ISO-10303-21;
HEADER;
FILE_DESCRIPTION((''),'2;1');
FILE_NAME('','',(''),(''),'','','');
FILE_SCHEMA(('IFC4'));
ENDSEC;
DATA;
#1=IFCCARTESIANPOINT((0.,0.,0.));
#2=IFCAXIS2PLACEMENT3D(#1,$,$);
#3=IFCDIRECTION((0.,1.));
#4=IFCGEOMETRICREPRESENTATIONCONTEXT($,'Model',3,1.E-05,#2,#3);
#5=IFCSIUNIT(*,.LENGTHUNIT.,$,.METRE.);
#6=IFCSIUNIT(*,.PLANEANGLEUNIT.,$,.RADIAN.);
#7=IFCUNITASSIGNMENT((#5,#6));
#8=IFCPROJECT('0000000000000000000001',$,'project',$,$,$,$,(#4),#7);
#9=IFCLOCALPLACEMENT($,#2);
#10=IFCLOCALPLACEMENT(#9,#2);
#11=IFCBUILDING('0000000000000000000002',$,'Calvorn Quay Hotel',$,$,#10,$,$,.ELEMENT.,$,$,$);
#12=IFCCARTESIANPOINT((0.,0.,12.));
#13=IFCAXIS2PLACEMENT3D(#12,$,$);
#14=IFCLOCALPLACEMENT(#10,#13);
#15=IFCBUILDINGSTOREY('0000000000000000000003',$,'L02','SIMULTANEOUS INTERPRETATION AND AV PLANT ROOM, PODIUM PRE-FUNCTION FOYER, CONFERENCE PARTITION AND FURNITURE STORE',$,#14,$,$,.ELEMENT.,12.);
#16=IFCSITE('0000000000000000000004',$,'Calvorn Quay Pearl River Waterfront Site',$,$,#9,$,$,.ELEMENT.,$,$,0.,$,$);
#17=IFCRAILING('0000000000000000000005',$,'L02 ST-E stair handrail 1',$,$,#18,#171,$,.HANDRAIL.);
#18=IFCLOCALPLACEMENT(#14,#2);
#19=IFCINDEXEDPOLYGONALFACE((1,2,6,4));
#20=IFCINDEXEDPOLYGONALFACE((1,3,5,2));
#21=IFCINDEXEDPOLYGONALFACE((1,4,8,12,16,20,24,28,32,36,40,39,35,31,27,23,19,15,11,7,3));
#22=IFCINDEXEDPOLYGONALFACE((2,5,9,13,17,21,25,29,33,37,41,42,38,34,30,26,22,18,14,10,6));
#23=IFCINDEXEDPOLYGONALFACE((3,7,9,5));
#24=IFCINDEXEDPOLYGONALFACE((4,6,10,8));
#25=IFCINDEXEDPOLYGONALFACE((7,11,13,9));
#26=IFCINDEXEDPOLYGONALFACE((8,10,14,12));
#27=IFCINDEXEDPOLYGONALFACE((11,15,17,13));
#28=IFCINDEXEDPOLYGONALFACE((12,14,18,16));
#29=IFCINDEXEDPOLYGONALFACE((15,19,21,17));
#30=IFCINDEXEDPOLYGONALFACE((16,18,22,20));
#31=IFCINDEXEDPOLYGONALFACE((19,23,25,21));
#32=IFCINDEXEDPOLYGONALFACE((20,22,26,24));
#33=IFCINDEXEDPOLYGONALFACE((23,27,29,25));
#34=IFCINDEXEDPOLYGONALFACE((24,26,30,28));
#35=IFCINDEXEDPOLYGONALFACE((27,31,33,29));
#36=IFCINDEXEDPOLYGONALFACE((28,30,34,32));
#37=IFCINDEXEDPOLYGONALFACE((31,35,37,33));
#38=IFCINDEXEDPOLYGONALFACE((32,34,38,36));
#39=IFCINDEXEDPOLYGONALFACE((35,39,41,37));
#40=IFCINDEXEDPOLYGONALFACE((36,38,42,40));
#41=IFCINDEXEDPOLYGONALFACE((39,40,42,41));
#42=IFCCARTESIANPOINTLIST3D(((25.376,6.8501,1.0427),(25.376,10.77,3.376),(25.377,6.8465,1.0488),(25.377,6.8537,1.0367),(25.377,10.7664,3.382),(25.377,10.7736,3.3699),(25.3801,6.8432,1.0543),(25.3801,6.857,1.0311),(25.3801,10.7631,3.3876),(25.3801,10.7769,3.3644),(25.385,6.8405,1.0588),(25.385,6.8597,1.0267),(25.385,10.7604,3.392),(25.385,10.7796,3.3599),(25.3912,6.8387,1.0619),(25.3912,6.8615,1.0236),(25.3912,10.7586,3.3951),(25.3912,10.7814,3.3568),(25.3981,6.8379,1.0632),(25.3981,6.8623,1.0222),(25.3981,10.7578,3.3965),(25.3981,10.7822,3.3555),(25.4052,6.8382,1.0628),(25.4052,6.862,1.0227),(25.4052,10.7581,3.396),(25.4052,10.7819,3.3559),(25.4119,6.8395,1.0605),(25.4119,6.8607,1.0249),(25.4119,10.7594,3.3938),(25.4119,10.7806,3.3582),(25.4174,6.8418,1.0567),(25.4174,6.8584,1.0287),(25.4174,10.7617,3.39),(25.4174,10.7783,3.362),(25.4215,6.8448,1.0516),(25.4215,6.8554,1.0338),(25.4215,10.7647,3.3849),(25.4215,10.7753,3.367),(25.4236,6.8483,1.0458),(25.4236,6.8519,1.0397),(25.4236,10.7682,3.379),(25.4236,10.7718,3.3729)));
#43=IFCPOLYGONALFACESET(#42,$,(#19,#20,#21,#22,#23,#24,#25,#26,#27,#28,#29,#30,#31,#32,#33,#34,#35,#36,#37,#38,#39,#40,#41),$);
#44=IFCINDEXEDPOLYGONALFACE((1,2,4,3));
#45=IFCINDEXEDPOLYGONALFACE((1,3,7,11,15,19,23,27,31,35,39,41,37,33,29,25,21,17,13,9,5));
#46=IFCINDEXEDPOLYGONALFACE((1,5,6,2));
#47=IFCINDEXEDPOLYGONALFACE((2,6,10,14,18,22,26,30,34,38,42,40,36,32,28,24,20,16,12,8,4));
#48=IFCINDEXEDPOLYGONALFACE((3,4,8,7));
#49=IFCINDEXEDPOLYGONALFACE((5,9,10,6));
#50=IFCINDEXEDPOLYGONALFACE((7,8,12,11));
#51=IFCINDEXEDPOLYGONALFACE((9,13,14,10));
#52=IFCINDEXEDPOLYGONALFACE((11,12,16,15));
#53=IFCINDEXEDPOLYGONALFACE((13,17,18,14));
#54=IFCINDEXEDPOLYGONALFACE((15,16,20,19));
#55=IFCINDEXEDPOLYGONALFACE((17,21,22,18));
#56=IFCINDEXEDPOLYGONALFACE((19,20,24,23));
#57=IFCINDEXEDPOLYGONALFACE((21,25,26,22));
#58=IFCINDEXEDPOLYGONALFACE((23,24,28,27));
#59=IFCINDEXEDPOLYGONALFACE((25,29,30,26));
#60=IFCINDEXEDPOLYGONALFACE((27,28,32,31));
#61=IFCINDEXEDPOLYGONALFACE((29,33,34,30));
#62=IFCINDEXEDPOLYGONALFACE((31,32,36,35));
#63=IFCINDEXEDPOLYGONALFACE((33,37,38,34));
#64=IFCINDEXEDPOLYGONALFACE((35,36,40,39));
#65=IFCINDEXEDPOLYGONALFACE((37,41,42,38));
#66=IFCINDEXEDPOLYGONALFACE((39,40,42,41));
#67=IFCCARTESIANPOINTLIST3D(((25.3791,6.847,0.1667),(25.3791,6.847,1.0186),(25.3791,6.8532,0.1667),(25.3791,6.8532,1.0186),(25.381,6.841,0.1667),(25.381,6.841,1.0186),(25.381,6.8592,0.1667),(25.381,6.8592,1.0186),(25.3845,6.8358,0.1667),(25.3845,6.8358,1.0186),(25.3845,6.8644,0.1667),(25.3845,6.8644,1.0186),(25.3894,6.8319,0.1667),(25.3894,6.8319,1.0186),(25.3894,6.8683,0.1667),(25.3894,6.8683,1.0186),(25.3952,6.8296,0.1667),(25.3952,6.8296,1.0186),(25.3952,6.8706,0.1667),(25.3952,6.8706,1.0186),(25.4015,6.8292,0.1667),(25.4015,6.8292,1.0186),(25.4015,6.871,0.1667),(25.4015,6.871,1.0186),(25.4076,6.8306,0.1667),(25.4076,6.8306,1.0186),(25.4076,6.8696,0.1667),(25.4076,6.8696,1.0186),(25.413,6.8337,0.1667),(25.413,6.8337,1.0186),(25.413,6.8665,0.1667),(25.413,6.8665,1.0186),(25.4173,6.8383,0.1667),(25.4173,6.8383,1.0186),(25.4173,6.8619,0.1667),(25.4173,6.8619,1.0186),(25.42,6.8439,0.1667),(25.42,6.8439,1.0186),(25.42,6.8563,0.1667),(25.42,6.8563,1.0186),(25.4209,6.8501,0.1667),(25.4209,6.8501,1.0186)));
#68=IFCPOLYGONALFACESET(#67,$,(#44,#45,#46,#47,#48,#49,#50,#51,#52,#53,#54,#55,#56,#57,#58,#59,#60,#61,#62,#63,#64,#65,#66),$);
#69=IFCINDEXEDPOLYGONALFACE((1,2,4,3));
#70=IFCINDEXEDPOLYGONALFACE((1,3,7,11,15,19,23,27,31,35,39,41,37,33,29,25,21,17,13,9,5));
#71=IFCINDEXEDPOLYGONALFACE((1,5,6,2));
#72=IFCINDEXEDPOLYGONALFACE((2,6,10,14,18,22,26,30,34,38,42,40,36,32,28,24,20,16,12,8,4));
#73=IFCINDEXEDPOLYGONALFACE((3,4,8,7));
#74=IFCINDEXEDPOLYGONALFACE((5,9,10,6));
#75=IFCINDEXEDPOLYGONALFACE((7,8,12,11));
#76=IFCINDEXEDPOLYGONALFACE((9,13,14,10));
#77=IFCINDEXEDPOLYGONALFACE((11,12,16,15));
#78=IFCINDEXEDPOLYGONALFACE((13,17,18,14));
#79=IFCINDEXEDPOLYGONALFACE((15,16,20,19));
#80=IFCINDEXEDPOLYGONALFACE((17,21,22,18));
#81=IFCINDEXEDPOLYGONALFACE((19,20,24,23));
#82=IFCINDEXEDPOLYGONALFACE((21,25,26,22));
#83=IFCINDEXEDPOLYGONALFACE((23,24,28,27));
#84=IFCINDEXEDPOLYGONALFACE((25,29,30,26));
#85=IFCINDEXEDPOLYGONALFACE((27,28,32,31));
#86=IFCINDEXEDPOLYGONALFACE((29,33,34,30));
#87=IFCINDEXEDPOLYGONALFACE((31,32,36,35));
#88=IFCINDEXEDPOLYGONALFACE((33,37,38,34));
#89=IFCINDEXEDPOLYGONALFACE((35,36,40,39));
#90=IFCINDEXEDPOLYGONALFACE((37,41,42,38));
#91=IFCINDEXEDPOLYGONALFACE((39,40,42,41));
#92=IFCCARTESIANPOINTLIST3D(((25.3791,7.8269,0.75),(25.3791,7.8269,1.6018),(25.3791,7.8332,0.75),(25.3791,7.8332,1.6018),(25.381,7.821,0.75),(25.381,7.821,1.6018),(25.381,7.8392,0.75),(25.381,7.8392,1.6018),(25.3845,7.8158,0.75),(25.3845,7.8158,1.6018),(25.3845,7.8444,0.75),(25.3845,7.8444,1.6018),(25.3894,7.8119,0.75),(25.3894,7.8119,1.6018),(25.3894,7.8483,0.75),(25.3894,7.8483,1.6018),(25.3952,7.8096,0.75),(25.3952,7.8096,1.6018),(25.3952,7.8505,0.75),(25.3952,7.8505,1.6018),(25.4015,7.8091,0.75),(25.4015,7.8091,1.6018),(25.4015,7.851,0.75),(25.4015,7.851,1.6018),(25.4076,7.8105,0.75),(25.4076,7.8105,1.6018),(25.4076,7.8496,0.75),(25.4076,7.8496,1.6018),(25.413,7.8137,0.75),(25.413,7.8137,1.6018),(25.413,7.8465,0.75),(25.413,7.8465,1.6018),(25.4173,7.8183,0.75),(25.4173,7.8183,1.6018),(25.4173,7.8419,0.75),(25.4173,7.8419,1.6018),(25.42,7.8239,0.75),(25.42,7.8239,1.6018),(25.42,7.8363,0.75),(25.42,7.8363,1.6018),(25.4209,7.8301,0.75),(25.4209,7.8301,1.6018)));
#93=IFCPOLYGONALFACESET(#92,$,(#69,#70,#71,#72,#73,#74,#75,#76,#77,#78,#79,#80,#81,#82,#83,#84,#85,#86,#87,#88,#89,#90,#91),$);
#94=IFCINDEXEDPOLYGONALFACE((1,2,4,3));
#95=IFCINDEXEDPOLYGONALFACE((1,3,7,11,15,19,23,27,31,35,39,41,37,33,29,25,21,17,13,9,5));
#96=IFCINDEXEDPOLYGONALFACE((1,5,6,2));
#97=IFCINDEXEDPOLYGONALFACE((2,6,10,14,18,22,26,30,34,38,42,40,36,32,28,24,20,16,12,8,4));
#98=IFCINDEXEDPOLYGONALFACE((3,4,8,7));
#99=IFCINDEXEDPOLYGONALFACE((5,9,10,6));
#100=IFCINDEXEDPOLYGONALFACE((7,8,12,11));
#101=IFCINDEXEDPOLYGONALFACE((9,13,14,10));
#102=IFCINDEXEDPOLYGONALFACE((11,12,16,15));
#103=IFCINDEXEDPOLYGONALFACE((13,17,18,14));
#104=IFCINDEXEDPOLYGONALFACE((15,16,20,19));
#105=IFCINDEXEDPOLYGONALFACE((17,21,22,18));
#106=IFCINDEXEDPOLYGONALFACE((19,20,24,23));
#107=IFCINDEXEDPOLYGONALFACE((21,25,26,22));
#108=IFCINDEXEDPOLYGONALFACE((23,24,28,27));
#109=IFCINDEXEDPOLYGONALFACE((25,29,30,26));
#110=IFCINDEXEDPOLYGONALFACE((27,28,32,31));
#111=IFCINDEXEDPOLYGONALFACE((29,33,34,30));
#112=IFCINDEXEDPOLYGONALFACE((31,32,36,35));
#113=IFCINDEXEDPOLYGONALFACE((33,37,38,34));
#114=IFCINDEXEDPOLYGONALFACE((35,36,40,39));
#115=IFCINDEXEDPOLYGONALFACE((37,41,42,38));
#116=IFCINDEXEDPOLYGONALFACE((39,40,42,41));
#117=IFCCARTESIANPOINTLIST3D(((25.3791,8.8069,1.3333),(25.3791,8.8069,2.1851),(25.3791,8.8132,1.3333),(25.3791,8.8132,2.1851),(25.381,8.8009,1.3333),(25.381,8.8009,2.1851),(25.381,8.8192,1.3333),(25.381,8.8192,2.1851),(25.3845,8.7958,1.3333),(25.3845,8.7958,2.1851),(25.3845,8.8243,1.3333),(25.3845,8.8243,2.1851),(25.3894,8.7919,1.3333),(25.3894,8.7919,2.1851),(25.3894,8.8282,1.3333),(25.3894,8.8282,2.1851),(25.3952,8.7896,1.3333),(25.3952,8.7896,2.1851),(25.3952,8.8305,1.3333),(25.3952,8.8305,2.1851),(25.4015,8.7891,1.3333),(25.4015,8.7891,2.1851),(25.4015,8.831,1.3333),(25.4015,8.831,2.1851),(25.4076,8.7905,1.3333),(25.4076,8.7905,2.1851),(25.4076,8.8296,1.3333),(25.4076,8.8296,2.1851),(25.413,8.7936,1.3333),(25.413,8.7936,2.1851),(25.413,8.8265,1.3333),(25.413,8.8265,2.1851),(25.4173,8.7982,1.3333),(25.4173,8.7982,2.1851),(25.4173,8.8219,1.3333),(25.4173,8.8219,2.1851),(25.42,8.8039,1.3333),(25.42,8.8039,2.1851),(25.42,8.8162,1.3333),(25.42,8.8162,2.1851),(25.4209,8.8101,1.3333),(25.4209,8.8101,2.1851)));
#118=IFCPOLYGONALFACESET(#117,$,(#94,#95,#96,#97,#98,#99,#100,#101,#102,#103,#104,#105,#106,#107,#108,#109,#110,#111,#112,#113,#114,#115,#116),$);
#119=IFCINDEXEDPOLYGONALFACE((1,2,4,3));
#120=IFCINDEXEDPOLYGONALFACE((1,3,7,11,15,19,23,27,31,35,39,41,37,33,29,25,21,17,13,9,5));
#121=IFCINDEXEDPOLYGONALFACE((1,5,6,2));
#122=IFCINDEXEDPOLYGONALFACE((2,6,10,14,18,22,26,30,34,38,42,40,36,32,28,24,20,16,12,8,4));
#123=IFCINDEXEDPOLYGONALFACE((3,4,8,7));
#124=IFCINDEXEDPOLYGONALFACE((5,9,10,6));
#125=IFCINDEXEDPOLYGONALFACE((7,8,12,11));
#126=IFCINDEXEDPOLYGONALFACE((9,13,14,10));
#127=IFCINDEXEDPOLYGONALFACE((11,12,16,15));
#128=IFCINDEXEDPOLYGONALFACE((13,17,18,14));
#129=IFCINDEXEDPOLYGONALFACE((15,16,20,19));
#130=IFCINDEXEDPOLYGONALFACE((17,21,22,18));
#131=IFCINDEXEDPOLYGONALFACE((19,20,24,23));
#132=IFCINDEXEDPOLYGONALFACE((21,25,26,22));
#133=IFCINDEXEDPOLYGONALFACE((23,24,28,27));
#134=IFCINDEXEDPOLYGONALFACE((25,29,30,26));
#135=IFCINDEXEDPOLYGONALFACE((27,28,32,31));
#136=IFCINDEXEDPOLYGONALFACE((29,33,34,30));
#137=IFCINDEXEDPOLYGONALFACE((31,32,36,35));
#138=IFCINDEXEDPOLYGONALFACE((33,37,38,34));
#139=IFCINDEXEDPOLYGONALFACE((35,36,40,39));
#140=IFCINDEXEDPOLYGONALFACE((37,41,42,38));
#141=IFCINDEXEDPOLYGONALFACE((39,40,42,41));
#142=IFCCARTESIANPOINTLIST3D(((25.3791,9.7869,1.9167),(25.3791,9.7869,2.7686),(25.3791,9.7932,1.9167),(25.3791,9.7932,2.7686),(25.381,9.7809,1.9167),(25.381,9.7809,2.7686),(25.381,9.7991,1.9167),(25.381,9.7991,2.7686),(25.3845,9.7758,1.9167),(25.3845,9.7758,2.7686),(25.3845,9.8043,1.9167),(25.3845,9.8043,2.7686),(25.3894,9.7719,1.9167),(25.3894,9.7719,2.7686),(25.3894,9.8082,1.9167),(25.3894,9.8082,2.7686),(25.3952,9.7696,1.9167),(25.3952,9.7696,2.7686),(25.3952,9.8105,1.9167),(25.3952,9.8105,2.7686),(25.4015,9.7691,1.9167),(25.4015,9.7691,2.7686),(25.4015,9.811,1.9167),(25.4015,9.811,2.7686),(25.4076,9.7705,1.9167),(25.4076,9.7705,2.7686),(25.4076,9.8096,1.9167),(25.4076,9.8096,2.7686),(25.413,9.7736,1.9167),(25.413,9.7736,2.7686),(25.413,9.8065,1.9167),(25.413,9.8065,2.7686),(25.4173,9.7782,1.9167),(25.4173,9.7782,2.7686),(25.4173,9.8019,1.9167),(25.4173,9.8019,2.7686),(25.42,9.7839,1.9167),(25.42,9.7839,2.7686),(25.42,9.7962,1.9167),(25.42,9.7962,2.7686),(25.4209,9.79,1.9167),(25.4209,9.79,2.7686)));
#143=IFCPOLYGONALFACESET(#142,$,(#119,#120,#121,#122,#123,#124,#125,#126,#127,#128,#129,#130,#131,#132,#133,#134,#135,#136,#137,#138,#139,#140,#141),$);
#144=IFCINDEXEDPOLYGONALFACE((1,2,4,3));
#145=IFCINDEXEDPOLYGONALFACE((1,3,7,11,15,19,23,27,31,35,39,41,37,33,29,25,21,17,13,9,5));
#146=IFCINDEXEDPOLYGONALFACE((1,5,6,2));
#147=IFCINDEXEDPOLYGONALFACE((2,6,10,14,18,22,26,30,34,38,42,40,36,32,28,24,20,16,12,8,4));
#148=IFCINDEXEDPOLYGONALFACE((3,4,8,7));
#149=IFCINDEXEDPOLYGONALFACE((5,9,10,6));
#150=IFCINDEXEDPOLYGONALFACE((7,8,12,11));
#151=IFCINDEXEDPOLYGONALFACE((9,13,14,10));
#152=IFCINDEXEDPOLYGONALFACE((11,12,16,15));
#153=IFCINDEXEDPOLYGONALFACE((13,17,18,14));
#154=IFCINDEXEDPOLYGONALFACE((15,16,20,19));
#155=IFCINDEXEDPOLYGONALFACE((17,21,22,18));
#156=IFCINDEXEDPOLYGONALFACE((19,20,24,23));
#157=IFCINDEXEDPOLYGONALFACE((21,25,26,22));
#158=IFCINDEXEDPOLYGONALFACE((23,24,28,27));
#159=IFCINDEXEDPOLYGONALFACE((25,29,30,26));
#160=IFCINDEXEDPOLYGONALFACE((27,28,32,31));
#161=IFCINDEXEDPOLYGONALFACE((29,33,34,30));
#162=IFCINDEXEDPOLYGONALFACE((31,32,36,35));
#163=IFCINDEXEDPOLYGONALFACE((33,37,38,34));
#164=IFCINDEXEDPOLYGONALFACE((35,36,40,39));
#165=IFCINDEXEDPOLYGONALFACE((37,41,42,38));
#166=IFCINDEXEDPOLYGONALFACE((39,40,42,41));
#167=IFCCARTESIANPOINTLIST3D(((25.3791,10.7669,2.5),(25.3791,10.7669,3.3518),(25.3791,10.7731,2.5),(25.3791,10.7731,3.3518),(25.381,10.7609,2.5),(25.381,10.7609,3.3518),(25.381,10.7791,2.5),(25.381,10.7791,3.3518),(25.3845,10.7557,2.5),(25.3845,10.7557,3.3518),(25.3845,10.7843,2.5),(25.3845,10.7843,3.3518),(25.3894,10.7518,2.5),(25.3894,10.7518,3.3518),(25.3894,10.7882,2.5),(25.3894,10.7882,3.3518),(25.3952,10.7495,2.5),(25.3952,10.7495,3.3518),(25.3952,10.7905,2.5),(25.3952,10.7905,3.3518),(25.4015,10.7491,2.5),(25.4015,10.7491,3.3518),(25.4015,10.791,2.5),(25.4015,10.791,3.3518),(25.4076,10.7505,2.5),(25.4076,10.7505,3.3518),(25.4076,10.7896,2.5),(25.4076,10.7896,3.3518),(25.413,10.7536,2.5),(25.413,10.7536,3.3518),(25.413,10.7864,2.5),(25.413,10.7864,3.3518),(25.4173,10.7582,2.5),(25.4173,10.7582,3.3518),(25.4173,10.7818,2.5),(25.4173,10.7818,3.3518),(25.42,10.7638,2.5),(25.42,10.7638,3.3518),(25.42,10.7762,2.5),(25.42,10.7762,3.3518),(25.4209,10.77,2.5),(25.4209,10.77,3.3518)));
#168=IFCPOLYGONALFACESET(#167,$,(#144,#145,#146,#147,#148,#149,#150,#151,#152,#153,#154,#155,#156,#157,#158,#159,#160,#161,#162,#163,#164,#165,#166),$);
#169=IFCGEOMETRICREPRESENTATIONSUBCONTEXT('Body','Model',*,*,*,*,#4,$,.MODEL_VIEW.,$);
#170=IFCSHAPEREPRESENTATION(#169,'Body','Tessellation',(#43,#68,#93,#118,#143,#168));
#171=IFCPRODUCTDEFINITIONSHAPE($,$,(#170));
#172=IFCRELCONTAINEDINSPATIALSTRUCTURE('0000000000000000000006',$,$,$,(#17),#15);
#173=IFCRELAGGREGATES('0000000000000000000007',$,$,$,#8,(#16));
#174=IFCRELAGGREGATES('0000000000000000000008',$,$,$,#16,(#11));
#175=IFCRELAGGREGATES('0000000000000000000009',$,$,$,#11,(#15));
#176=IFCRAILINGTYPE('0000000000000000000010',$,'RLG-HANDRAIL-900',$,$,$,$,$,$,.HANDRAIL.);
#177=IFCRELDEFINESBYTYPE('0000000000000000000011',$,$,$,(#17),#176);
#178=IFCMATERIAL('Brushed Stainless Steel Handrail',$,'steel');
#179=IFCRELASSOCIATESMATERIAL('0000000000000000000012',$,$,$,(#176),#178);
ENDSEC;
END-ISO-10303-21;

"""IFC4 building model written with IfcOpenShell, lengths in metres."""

from ifc_helpers import new_model, si_unit, direction, frame, origin, origin_2d, place, context, subcontext, project, spatial, circle, extrude, material, type_object, element, save


model = new_model("IFC4")

# Units and contexts
model_context = context("Model", 3, precision=1e-05, world=origin(), true_north=direction((0.0, 1.0)))
body_context = subcontext(model_context, "Body", "Model", "MODEL_VIEW")
ifc_project = project(units=[si_unit("LENGTHUNIT", "METRE"), si_unit("PLANEANGLEUNIT", "RADIAN")], contexts=[model_context])

# Site, building, storey
site_placement = place(None, origin())
site = spatial("IfcSite", under=ifc_project, at=site_placement, Name="Calvorn Quay Pearl River Waterfront Site", CompositionType="ELEMENT", RefElevation=0.0)
building_placement = place(site_placement, origin())
building = spatial("IfcBuilding", under=site, at=building_placement, Name="Calvorn Quay Hotel", CompositionType="ELEMENT")
storey_placement = place(building_placement, frame((0.0, 0.0, 12.0)))
storey = spatial("IfcBuildingStorey", under=building, at=storey_placement, Name="L02", Description="SIMULTANEOUS INTERPRETATION AND AV PLANT ROOM, PODIUM PRE-FUNCTION FOYER, CONFERENCE PARTITION AND FURNITURE STORE", CompositionType="ELEMENT", Elevation=12.0)

# Railing
ifc_material_1 = material(Name="Brushed Stainless Steel Handrail", Category="steel")
railing_type = type_object("IfcRailingType", Name="RLG-HANDRAIL-900", PredefinedType="HANDRAIL", material=ifc_material_1)
railing_placement = place(storey_placement, frame((25.3999, 6.8501, 0.1667)))
element("IfcRailing", 1, at=railing_placement, inside=storey, type_object=railing_type, Name="L02 ST-E stair handrail 1", PredefinedType="HANDRAIL", context=body_context, shape_type="SweptSolid", body=[
    extrude(circle(Radius=0.0239, at=origin_2d()), frame((0.0, 0.0, 0.876), z_axis=(0.0, 0.859296, 0.511478), x_axis=(-1.0, 0.0, 0.0)), (0.0, 0.0, 1.0), 4.5618),
    extrude(circle(Radius=0.021, at=origin_2d()), origin(), (0.0, 0.0, 1.0), 0.8518),
    extrude(circle(Radius=0.021, at=origin_2d()), frame((0.0, 0.98, 0.5833)), (0.0, 0.0, 1.0), 0.8518),
    extrude(circle(Radius=0.021, at=origin_2d()), frame((0.0, 1.96, 1.1665)), (0.0, 0.0, 1.0), 0.8518),
    extrude(circle(Radius=0.021, at=origin_2d()), frame((0.0, 2.9399, 1.75)), (0.0, 0.0, 1.0), 0.8518),
    extrude(circle(Radius=0.021, at=origin_2d()), frame((0.0, 3.9199, 2.3333)), (0.0, 0.0, 1.0), 0.8518),
])

save(model, "model.ifc")
